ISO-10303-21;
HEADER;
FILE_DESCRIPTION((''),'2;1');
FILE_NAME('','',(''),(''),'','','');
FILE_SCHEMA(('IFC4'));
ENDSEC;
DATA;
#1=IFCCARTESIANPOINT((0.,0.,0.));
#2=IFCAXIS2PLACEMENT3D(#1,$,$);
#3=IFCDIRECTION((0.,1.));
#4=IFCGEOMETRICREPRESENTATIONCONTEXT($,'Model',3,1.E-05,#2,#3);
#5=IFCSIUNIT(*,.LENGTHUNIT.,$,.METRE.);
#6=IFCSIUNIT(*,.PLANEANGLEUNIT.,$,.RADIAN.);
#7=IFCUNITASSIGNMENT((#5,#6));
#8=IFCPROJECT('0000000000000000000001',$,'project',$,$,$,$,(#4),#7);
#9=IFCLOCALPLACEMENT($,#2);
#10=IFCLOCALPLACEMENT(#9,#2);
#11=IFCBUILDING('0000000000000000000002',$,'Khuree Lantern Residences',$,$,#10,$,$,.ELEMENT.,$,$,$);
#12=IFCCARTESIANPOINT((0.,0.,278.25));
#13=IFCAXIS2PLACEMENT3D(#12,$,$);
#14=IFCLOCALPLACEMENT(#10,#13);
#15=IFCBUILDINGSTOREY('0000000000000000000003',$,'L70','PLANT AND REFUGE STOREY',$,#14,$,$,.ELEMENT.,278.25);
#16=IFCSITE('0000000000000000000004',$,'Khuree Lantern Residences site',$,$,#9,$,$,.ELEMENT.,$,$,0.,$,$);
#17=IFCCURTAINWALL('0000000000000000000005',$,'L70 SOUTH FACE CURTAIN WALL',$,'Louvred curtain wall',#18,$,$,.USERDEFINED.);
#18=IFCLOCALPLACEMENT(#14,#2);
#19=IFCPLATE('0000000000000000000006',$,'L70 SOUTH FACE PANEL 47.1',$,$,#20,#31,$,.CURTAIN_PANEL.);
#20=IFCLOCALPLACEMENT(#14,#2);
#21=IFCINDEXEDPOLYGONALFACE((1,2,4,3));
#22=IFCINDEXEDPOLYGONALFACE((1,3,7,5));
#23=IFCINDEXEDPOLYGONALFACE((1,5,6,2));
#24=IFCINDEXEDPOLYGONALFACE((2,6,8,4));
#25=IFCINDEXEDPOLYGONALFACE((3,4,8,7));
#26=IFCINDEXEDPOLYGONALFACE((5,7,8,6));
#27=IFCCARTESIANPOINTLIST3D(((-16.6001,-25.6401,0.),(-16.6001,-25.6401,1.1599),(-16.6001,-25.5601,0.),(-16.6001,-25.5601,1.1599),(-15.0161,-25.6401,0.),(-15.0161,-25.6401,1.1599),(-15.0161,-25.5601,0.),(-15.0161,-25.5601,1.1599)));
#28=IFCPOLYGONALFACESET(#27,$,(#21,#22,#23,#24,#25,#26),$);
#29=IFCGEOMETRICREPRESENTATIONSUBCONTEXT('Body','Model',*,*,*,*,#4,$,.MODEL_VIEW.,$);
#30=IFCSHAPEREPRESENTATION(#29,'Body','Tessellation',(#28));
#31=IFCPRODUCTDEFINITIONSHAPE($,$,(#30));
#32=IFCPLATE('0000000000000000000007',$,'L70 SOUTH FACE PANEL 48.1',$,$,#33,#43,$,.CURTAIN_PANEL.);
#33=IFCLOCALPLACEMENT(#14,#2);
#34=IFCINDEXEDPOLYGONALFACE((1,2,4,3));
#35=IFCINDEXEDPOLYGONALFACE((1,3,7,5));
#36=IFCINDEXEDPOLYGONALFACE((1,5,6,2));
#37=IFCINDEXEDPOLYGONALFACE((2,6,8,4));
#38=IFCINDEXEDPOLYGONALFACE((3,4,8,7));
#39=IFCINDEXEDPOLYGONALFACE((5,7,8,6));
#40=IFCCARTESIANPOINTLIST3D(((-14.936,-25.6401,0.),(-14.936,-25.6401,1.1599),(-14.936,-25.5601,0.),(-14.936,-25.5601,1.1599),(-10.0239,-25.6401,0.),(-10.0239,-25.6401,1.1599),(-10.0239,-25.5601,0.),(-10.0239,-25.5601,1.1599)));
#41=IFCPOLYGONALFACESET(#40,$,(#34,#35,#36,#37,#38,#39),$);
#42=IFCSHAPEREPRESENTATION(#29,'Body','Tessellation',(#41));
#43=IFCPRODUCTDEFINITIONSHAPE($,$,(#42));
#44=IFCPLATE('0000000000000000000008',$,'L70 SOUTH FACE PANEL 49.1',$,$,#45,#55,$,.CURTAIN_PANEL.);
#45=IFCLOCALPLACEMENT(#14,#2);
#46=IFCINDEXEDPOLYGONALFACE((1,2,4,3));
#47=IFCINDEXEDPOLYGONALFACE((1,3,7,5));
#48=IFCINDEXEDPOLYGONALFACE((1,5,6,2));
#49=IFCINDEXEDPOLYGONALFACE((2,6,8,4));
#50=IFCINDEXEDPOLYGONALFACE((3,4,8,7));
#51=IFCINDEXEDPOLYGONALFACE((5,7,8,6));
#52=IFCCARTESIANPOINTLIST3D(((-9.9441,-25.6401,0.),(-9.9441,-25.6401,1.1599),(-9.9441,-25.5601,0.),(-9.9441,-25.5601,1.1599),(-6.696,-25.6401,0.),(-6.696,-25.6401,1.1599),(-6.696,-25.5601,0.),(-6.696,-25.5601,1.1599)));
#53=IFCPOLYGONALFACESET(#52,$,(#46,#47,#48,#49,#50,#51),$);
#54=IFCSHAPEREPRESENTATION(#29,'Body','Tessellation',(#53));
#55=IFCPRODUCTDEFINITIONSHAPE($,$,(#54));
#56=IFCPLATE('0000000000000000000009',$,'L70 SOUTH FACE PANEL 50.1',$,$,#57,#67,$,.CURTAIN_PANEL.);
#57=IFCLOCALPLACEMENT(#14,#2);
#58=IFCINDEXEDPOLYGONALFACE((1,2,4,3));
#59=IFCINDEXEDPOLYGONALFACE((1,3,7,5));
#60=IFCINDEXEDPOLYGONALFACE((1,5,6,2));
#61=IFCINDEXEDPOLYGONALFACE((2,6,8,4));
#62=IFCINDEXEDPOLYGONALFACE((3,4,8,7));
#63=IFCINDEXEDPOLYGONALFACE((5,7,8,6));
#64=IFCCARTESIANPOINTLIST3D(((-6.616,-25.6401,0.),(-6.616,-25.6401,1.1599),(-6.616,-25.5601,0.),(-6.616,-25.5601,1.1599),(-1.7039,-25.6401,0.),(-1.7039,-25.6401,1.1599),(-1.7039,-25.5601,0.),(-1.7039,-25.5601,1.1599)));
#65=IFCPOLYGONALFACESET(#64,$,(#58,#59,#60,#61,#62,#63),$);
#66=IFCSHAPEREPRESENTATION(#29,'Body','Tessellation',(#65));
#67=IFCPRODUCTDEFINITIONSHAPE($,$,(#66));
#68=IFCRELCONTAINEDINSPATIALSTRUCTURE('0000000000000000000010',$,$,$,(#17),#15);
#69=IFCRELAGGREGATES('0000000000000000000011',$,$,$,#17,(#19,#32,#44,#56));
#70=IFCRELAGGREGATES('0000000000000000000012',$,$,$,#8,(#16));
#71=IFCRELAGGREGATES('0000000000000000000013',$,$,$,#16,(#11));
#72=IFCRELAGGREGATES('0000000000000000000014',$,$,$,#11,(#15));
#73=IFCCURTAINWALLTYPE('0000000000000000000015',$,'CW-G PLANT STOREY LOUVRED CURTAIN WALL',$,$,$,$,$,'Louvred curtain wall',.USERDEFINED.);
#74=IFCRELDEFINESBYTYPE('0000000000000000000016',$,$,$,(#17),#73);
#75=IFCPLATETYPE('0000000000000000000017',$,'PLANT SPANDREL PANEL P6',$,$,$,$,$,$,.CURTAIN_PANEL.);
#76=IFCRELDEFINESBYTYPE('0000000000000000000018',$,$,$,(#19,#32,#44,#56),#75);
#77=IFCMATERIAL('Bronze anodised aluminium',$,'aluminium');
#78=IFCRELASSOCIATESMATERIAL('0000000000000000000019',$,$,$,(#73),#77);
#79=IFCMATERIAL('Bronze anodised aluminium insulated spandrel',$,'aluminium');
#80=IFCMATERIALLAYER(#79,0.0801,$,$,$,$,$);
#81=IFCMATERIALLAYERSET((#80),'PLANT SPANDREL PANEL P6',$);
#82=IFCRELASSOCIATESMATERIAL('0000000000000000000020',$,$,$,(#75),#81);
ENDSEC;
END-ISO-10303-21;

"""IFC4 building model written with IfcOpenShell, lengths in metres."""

from ifc_helpers import new_model, si_unit, direction, frame, origin, origin_2d, place, context, subcontext, project, spatial, rectangle, extrude, material, layer, layer_set, type_object, element, aggregate, save


model = new_model("IFC4")

# Units and contexts
model_context = context("Model", 3, precision=1e-05, world=origin(), true_north=direction((0.0, 1.0)))
body_context = subcontext(model_context, "Body", "Model", "MODEL_VIEW")
ifc_project = project(units=[si_unit("LENGTHUNIT", "METRE"), si_unit("PLANEANGLEUNIT", "RADIAN")], contexts=[model_context])

# Site, building, storey
site_placement = place(None, origin())
site = spatial("IfcSite", under=ifc_project, at=site_placement, Name="Khuree Lantern Residences site", CompositionType="ELEMENT", RefElevation=0.0)
building_placement = place(site_placement, origin())
building = spatial("IfcBuilding", under=site, at=building_placement, Name="Khuree Lantern Residences", CompositionType="ELEMENT")
storey_placement = place(building_placement, frame((0.0, 0.0, 278.25)))
storey = spatial("IfcBuildingStorey", under=building, at=storey_placement, Name="L70", Description="PLANT AND REFUGE STOREY", CompositionType="ELEMENT", Elevation=278.25)

# Curtain wall
ifc_material_1 = material(Name="Bronze anodised aluminium", Category="aluminium")
curtain_wall_type = type_object("IfcCurtainWallType", Name="CW-G PLANT STOREY LOUVRED CURTAIN WALL", ElementType="Louvred curtain wall", PredefinedType="USERDEFINED", material=ifc_material_1)
curtain_wall_placement = place(storey_placement, origin())
curtain_wall = element("IfcCurtainWall", 1, at=curtain_wall_placement, inside=storey, type_object=curtain_wall_type, Name="L70 SOUTH FACE CURTAIN WALL", ObjectType="Louvred curtain wall", PredefinedType="USERDEFINED")

# Plates
ifc_material_2 = material(Name="Bronze anodised aluminium insulated spandrel", Category="aluminium")
ifc_layer_1 = layer(ifc_material_2, 0.0801)
ifc_layer_set_1 = layer_set([ifc_layer_1], Name="PLANT SPANDREL PANEL P6")
plate_type_1 = type_object("IfcPlateType", Name="PLANT SPANDREL PANEL P6", PredefinedType="CURTAIN_PANEL", material=ifc_layer_set_1)
plate_1_placement = place(storey_placement, frame((-15.8081, -25.6001, 0.0), z_axis=(0.0, 0.0, 1.0), x_axis=(1.0, 0.0, 0.0)))
plate_1 = element("IfcPlate", 2, at=plate_1_placement, type_object=plate_type_1, Name="L70 SOUTH FACE PANEL 47.1", PredefinedType="CURTAIN_PANEL", context=body_context, shape_type="SweptSolid", body=[
    extrude(rectangle(XDim=1.584, YDim=0.0801, at=origin_2d()), origin(), (0.0, 0.0, 1.0), 1.1599),
])
plate_2_placement = place(storey_placement, frame((-12.48, -25.6001, 0.0), z_axis=(0.0, 0.0, 1.0), x_axis=(1.0, 0.0, 0.0)))
plate_2 = element("IfcPlate", 3, at=plate_2_placement, type_object=plate_type_1, Name="L70 SOUTH FACE PANEL 48.1", PredefinedType="CURTAIN_PANEL", context=body_context, shape_type="SweptSolid", body=[
    extrude(rectangle(XDim=4.9121, YDim=0.0801, at=origin_2d()), origin(), (0.0, 0.0, 1.0), 1.1599),
])
plate_3_placement = place(storey_placement, frame((-8.3201, -25.6001, 0.0), z_axis=(0.0, 0.0, 1.0), x_axis=(1.0, 0.0, 0.0)))
plate_3 = element("IfcPlate", 4, at=plate_3_placement, type_object=plate_type_1, Name="L70 SOUTH FACE PANEL 49.1", PredefinedType="CURTAIN_PANEL", context=body_context, shape_type="SweptSolid", body=[
    extrude(rectangle(XDim=3.248, YDim=0.0801, at=origin_2d()), origin(), (0.0, 0.0, 1.0), 1.1599),
])
plate_4_placement = place(storey_placement, frame((-4.1599, -25.6001, 0.0), z_axis=(0.0, 0.0, 1.0), x_axis=(1.0, 0.0, 0.0)))
plate_4 = element("IfcPlate", 5, at=plate_4_placement, type_object=plate_type_1, Name="L70 SOUTH FACE PANEL 50.1", PredefinedType="CURTAIN_PANEL", context=body_context, shape_type="SweptSolid", body=[
    extrude(rectangle(XDim=4.9121, YDim=0.0801, at=origin_2d()), origin(), (0.0, 0.0, 1.0), 1.1599),
])
aggregate(curtain_wall, [plate_1, plate_2, plate_3, plate_4])

save(model, "model.ifc")
